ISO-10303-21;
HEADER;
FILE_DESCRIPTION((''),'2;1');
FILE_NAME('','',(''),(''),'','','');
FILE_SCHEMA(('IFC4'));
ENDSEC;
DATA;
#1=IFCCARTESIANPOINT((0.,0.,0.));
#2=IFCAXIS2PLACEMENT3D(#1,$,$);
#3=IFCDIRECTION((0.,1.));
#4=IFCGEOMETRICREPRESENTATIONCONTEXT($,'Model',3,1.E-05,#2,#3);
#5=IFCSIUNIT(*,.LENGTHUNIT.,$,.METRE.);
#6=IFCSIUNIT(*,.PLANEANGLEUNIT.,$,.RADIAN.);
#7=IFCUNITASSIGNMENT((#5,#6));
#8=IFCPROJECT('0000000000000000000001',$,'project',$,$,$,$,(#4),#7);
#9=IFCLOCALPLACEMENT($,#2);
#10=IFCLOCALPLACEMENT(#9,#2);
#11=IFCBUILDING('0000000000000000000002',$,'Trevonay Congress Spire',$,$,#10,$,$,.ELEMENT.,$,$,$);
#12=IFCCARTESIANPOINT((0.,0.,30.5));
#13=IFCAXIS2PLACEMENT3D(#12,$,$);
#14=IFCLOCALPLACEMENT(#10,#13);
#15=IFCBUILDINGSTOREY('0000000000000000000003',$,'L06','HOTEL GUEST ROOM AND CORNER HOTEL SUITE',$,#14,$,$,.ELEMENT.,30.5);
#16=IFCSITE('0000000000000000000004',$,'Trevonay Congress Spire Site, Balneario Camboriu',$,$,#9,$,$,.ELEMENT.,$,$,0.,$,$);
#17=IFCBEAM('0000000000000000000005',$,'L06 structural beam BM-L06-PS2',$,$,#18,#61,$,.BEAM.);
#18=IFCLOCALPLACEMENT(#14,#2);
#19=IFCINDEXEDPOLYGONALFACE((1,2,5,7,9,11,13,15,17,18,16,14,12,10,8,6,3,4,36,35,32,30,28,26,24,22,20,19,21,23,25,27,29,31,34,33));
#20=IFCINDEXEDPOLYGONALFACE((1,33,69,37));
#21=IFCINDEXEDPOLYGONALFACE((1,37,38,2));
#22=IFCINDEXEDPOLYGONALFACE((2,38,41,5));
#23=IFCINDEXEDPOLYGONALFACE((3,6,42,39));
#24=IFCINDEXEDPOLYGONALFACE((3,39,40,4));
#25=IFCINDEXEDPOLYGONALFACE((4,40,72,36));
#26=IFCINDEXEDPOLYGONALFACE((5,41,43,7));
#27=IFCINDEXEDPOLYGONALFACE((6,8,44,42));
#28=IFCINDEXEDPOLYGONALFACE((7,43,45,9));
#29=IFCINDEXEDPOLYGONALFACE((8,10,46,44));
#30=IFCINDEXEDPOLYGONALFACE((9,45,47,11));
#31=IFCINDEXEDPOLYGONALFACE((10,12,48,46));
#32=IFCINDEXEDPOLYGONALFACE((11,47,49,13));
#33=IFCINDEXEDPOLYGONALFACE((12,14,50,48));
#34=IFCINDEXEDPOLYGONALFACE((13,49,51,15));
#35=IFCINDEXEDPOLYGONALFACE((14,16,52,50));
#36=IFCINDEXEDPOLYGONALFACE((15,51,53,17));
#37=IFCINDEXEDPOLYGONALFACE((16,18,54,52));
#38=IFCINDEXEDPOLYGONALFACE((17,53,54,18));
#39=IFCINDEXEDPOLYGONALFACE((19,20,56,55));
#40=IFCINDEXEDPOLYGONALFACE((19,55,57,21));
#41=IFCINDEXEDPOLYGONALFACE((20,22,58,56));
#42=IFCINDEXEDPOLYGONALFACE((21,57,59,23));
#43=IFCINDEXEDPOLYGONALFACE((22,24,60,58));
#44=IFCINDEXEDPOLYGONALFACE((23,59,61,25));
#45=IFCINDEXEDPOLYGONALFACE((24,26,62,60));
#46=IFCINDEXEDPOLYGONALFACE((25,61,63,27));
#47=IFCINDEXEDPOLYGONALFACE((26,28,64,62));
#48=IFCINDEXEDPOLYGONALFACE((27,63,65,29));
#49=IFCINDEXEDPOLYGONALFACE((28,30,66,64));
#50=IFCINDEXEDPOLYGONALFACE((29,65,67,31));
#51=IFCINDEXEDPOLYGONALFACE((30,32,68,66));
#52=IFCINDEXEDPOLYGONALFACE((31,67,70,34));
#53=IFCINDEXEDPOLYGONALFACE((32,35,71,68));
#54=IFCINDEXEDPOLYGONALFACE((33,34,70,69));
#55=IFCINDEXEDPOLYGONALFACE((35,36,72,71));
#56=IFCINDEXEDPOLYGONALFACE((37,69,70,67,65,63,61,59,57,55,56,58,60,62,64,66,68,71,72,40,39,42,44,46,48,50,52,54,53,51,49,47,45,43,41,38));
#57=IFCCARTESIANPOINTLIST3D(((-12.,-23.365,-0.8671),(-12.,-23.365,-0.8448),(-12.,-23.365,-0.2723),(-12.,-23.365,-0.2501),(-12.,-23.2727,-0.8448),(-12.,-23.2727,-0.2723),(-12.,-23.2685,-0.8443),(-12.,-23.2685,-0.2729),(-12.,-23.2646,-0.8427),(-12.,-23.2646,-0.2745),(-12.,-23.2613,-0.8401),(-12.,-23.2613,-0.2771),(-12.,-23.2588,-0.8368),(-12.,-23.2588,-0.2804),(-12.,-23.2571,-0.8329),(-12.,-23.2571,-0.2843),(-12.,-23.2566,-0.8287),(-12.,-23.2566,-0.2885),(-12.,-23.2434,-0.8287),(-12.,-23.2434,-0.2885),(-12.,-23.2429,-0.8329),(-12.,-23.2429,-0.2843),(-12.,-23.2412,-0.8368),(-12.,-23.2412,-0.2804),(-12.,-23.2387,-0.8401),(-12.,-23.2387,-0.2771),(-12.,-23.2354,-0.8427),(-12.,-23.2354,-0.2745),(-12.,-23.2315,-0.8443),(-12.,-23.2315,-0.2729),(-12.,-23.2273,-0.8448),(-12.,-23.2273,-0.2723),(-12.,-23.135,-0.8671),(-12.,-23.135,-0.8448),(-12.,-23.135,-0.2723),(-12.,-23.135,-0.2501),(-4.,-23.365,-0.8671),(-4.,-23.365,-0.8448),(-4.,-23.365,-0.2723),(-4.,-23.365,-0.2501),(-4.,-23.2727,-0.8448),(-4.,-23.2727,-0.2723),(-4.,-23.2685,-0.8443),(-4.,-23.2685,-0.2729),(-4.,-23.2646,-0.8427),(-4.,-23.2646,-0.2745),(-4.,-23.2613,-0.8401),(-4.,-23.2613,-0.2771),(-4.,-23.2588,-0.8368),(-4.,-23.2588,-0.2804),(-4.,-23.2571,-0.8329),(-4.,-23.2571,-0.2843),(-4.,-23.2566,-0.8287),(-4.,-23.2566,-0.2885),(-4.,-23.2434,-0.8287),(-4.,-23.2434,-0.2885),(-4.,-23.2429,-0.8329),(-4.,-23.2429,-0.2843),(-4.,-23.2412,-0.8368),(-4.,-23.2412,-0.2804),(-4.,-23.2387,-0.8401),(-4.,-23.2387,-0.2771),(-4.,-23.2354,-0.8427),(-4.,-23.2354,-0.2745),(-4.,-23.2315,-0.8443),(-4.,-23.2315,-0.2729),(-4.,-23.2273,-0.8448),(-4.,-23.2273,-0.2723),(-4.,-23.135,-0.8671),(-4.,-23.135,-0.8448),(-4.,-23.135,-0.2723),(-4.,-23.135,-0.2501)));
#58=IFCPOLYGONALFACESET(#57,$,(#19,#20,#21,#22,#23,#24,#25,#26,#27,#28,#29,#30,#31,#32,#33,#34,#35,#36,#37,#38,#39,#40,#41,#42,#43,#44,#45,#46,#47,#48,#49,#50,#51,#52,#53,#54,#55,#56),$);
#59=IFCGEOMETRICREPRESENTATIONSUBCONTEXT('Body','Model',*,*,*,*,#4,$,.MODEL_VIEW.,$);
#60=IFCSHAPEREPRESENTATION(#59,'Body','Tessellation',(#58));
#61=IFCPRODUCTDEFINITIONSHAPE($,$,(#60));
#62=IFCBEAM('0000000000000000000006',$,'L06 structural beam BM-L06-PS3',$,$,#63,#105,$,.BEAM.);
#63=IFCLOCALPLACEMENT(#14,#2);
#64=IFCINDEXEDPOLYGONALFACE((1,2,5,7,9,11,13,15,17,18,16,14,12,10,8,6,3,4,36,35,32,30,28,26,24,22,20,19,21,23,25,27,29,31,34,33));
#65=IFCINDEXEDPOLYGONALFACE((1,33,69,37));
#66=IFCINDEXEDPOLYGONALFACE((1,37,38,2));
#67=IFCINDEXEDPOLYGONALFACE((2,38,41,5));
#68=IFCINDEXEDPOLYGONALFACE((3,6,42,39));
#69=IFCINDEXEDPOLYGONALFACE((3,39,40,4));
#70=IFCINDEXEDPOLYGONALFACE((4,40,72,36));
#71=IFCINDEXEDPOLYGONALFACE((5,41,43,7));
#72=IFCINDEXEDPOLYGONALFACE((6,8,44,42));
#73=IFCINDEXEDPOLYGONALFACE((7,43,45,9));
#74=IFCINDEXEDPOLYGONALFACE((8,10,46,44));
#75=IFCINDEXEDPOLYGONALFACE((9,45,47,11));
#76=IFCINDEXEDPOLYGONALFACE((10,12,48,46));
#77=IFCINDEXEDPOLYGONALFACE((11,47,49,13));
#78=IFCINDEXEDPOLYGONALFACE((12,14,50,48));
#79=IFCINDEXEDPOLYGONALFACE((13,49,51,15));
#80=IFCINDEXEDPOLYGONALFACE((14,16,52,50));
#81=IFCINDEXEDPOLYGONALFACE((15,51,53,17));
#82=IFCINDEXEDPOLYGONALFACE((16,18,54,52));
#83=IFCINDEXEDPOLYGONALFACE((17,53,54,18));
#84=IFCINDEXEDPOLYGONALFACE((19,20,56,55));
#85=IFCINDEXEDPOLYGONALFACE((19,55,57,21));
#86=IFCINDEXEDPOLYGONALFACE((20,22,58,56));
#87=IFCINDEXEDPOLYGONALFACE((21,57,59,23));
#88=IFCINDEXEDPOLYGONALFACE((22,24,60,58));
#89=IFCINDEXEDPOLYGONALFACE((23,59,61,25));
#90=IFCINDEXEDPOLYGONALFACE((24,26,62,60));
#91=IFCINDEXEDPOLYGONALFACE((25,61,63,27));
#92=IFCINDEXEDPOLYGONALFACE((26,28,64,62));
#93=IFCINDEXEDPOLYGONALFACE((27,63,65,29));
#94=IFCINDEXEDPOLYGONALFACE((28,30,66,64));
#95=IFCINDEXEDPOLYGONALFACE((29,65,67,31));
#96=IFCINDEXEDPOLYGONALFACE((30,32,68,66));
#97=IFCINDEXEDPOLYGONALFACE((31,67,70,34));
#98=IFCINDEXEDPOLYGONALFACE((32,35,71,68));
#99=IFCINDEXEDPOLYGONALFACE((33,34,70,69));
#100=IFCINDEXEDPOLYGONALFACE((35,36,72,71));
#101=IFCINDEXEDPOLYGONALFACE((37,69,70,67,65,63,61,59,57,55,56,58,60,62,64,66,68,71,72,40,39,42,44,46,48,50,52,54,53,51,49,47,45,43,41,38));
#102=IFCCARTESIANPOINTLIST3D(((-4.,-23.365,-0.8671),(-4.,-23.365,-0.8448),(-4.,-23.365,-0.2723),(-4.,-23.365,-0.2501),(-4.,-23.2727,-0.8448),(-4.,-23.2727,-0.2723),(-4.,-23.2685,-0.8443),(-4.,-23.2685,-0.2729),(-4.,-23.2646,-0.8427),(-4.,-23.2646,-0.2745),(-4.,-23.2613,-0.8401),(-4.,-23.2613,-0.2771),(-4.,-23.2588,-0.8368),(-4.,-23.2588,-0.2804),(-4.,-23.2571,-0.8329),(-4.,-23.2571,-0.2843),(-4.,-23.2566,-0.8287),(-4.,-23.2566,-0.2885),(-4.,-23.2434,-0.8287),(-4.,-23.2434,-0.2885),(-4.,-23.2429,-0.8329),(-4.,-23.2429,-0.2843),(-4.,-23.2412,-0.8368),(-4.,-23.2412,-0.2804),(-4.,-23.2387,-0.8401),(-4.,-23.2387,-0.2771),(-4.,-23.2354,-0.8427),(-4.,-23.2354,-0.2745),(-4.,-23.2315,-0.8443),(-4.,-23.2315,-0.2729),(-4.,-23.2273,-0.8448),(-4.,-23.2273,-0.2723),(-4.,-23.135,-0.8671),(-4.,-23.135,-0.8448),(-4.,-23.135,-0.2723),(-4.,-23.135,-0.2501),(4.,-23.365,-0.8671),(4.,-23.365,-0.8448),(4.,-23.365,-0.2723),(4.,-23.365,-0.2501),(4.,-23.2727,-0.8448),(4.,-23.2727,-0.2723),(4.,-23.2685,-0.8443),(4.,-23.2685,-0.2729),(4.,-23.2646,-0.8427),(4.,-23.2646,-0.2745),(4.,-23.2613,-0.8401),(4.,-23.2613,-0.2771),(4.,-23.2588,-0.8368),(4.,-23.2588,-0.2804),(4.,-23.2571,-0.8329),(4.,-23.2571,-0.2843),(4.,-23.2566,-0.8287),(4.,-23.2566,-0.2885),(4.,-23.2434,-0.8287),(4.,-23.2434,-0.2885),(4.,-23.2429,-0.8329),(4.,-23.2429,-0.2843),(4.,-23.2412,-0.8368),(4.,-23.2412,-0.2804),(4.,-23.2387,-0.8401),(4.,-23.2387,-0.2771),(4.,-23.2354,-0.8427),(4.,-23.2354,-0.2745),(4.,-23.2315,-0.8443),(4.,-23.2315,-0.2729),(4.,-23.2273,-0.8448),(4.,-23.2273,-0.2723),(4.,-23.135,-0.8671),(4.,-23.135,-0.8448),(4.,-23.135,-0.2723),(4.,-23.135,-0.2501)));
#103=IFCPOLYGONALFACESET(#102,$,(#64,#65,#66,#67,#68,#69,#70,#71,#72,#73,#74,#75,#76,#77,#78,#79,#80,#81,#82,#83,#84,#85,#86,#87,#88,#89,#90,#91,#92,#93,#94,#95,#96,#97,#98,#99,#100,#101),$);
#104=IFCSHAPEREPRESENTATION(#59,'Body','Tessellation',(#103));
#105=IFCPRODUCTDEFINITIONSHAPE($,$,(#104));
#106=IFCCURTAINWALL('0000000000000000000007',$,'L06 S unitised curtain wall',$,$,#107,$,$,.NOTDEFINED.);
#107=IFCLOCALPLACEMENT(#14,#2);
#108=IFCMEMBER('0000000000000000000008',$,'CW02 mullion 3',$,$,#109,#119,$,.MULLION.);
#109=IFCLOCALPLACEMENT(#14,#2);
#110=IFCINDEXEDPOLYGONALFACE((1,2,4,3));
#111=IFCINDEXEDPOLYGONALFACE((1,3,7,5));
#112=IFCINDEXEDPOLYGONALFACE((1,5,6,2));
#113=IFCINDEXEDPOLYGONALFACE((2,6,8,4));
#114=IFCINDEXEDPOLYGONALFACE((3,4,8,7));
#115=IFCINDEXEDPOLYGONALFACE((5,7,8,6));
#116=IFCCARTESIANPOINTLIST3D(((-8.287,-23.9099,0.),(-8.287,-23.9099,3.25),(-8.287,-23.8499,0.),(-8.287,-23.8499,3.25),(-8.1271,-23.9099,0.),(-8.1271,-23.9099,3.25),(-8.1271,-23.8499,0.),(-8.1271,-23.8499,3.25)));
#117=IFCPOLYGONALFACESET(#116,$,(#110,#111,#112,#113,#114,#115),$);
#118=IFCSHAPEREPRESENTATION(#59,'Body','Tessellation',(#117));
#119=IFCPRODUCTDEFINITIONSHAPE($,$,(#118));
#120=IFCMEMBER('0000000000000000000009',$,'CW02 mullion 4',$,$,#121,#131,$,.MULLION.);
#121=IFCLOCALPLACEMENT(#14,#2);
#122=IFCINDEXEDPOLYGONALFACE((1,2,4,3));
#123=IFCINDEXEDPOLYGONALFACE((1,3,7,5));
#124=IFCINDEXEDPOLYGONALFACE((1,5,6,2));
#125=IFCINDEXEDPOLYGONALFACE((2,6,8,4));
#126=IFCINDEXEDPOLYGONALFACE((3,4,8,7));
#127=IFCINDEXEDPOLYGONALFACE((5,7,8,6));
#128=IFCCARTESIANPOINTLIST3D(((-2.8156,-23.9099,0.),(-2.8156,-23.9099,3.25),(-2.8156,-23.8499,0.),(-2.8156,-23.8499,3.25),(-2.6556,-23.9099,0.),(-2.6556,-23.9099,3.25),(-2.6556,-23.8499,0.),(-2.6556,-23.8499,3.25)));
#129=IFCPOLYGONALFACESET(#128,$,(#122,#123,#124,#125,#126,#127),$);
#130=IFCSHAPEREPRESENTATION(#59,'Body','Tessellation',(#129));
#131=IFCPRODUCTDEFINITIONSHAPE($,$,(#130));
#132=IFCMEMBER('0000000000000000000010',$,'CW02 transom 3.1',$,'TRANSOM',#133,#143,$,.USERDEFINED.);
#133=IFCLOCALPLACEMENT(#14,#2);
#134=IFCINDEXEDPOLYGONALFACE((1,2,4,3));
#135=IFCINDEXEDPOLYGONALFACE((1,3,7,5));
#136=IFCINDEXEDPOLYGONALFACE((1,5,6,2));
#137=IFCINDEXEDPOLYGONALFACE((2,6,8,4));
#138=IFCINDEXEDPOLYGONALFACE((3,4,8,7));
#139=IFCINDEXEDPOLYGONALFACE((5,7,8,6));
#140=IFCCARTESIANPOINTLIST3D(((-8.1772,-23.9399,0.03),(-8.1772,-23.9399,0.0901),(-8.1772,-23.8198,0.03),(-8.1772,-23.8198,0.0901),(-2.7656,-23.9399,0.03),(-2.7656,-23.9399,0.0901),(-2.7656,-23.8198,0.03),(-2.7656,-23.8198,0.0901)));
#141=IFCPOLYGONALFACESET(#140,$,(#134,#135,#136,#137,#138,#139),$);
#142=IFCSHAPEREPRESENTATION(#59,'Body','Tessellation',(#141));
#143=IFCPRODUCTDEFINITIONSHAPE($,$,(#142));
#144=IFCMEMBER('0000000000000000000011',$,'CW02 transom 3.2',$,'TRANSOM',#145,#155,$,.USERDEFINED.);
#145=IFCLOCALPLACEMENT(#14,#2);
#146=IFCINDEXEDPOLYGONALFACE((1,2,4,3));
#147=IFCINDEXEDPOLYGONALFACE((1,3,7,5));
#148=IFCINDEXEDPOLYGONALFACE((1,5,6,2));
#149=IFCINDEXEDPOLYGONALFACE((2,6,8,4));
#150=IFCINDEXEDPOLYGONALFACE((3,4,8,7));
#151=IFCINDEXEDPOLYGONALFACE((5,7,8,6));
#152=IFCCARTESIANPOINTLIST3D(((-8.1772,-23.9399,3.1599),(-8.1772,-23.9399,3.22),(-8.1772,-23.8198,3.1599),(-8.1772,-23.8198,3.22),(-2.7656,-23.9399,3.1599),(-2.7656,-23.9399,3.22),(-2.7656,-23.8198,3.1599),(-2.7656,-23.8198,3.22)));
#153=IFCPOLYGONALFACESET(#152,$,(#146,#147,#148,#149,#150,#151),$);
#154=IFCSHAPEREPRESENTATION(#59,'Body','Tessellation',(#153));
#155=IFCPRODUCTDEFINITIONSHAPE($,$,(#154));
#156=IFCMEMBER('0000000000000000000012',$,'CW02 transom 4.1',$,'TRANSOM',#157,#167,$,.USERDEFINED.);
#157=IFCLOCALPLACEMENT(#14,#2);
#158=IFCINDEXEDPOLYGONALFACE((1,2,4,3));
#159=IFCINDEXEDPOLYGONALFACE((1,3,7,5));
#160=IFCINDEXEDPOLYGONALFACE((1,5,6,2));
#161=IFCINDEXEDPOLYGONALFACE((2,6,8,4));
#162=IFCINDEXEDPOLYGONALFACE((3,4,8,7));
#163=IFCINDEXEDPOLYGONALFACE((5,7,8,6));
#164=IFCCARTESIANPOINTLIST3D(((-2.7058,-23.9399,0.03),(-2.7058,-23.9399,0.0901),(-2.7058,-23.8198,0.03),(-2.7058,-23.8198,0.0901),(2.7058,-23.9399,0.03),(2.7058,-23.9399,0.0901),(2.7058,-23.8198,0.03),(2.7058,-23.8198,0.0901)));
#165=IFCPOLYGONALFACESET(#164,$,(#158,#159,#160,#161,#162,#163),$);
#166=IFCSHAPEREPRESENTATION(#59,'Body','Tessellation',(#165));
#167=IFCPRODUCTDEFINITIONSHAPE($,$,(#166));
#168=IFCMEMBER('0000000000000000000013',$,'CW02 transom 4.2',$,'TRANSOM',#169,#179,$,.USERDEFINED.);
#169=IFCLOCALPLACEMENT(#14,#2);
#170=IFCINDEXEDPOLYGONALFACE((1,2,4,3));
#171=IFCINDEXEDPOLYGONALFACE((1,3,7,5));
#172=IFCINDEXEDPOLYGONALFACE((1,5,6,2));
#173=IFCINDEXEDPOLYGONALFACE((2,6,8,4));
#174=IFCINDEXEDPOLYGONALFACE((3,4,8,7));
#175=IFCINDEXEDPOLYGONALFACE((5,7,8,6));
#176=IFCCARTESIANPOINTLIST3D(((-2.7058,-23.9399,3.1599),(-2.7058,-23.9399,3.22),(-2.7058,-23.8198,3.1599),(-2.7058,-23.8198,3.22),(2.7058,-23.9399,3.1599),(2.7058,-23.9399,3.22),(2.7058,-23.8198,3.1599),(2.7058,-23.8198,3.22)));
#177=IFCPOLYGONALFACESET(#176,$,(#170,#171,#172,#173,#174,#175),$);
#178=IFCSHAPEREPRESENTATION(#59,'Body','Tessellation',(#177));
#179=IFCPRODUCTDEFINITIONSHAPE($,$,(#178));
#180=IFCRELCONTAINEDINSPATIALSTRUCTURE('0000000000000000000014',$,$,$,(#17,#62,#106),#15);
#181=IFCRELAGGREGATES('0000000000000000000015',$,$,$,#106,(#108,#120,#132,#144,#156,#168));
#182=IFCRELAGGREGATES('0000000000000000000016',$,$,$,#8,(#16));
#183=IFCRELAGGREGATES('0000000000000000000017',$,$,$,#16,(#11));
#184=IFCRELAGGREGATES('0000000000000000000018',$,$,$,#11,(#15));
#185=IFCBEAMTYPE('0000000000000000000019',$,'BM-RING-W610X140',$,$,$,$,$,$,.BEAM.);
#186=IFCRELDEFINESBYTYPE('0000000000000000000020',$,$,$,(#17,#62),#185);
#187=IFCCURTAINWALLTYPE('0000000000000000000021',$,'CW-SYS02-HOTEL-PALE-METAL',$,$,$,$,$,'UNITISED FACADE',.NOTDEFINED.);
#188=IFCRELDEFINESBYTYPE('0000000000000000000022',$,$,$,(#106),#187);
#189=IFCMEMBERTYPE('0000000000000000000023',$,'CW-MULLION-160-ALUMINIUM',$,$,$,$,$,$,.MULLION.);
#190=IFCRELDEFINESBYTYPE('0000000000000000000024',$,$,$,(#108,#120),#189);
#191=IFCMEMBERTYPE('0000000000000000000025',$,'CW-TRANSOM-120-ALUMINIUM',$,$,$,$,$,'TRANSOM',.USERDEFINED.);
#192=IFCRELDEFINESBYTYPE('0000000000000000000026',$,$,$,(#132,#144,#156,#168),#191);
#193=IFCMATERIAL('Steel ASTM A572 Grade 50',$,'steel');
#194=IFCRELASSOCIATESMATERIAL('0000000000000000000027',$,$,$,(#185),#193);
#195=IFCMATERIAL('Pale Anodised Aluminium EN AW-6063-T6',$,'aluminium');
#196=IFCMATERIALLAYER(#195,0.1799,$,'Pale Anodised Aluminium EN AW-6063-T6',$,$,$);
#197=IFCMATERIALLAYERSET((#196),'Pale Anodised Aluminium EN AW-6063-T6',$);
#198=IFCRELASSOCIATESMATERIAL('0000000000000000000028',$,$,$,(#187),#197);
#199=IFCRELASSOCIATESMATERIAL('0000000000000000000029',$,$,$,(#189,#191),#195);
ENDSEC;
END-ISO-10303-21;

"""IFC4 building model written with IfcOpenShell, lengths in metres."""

from ifc_helpers import new_model, si_unit, direction, frame, origin, origin_2d, place, context, subcontext, project, spatial, rectangle, i_section, extrude, material, layer, layer_set, material_profile, profile_set, type_object, element, aggregate, save


model = new_model("IFC4")

# Units and contexts
model_context = context("Model", 3, precision=1e-05, world=origin(), true_north=direction((0.0, 1.0)))
body_context = subcontext(model_context, "Body", "Model", "MODEL_VIEW")
ifc_project = project(units=[si_unit("LENGTHUNIT", "METRE"), si_unit("PLANEANGLEUNIT", "RADIAN")], contexts=[model_context])

# Site, building, storey
site_placement = place(None, origin())
site = spatial("IfcSite", under=ifc_project, at=site_placement, Name="Trevonay Congress Spire Site, Balneario Camboriu", CompositionType="ELEMENT", RefElevation=0.0)
building_placement = place(site_placement, origin())
building = spatial("IfcBuilding", under=site, at=building_placement, Name="Trevonay Congress Spire", CompositionType="ELEMENT")
storey_placement = place(building_placement, frame((0.0, 0.0, 30.5)))
storey = spatial("IfcBuildingStorey", under=building, at=storey_placement, Name="L06", Description="HOTEL GUEST ROOM AND CORNER HOTEL SUITE", CompositionType="ELEMENT", Elevation=30.5)

# Shared definitions
ifc_material_1 = material(Name="Steel ASTM A572 Grade 50", Category="steel")

# Beams
ifc_material_profile_1 = material_profile(ifc_material_1, i_section(OverallWidth=0.23, OverallDepth=0.6169, WebThickness=0.0132, FlangeThickness=0.0222, FilletRadius=0.0161, at=origin_2d()), Name="W610x140")
ifc_profile_set_1 = profile_set([ifc_material_profile_1], Name="Steel ASTM A572 Grade 50")
beam_type_1 = type_object("IfcBeamType", Name="BM-RING-W610X140", PredefinedType="BEAM", material=ifc_profile_set_1)
for number, where, z_axis, x_axis, name in (
    (1, (-12.0, -23.25, -0.5586), (1.0, 0.0, 0.0), (0.0, 1.0, 0.0), "L06 structural beam BM-L06-PS2"),
    (2, (-4.0, -23.25, -0.5586), (1.0, 0.0, 0.0), (0.0, 1.0, 0.0), "L06 structural beam BM-L06-PS3"),
):
    element("IfcBeam", number, at=place(storey_placement, frame(where, z_axis=z_axis, x_axis=x_axis)), inside=storey, type_object=beam_type_1, Name=name, PredefinedType="BEAM", context=body_context, shape_type="SweptSolid", body=[
        extrude(i_section(OverallWidth=0.23, OverallDepth=0.6169, WebThickness=0.0132, FlangeThickness=0.0222, FilletRadius=0.0161, at=origin_2d()), origin(), (0.0, 0.0, 1.0), 8.0),
    ])

# Curtain wall, members
ifc_material_2 = material(Name="Pale Anodised Aluminium EN AW-6063-T6", Category="aluminium")
ifc_layer_1 = layer(ifc_material_2, 0.1799, Name="Pale Anodised Aluminium EN AW-6063-T6")
ifc_layer_set_1 = layer_set([ifc_layer_1], Name="Pale Anodised Aluminium EN AW-6063-T6")
curtain_wall_type = type_object("IfcCurtainWallType", Name="CW-SYS02-HOTEL-PALE-METAL", ElementType="UNITISED FACADE", PredefinedType="NOTDEFINED", material=ifc_layer_set_1)
curtain_wall_placement = place(storey_placement, origin())
curtain_wall = element("IfcCurtainWall", 3, at=curtain_wall_placement, inside=storey, type_object=curtain_wall_type, Name="L06 S unitised curtain wall", PredefinedType="NOTDEFINED")
ifc_material_profile_2 = material_profile(ifc_material_2, rectangle(XDim=0.0601, YDim=0.1599, at=origin_2d()), Name="CW-MULLION-160-ALUMINIUM")
ifc_profile_set_2 = profile_set([ifc_material_profile_2], Name="Pale Anodised Aluminium EN AW-6063-T6")
member_type_1 = type_object("IfcMemberType", Name="CW-MULLION-160-ALUMINIUM", PredefinedType="MULLION", material=ifc_profile_set_2)
member_1_placement = place(storey_placement, frame((-8.207, -23.8799, 0.0), z_axis=(0.0, 0.0, 1.0), x_axis=(0.0, 1.0, 0.0)))
member_1 = element("IfcMember", 4, at=member_1_placement, type_object=member_type_1, Name="CW02 mullion 3", PredefinedType="MULLION", context=body_context, shape_type="SweptSolid", body=[
    extrude(rectangle(XDim=0.0601, YDim=0.1599, at=origin_2d()), origin(), (0.0, 0.0, 1.0), 3.25),
])
member_2_placement = place(storey_placement, frame((-2.7356, -23.8799, 0.0), z_axis=(0.0, 0.0, 1.0), x_axis=(0.0, 1.0, 0.0)))
member_2 = element("IfcMember", 5, at=member_2_placement, type_object=member_type_1, Name="CW02 mullion 4", PredefinedType="MULLION", context=body_context, shape_type="SweptSolid", body=[
    extrude(rectangle(XDim=0.0601, YDim=0.1599, at=origin_2d()), origin(), (0.0, 0.0, 1.0), 3.25),
])
ifc_material_profile_3 = material_profile(ifc_material_2, rectangle(XDim=0.1201, YDim=0.0601, at=origin_2d()), Name="CW-TRANSOM-120-ALUMINIUM")
ifc_profile_set_3 = profile_set([ifc_material_profile_3], Name="Pale Anodised Aluminium EN AW-6063-T6")
member_type_2 = type_object("IfcMemberType", Name="CW-TRANSOM-120-ALUMINIUM", ElementType="TRANSOM", PredefinedType="USERDEFINED", material=ifc_profile_set_3)
member_3_placement = place(storey_placement, frame((-8.1772, -23.8799, 0.0601), z_axis=(1.0, 0.0, 0.0), x_axis=(0.0, 1.0, 0.0)))
member_3 = element("IfcMember", 6, at=member_3_placement, type_object=member_type_2, Name="CW02 transom 3.1", ObjectType="TRANSOM", PredefinedType="USERDEFINED", context=body_context, shape_type="SweptSolid", body=[
    extrude(rectangle(XDim=0.1201, YDim=0.0601, at=origin_2d()), origin(), (0.0, 0.0, 1.0), 5.4116),
])
member_4_placement = place(storey_placement, frame((-8.1772, -23.8799, 3.1899), z_axis=(1.0, 0.0, 0.0), x_axis=(0.0, 1.0, 0.0)))
member_4 = element("IfcMember", 7, at=member_4_placement, type_object=member_type_2, Name="CW02 transom 3.2", ObjectType="TRANSOM", PredefinedType="USERDEFINED", context=body_context, shape_type="SweptSolid", body=[
    extrude(rectangle(XDim=0.1201, YDim=0.0601, at=origin_2d()), origin(), (0.0, 0.0, 1.0), 5.4116),
])
member_5_placement = place(storey_placement, frame((-2.7058, -23.8799, 0.0601), z_axis=(1.0, 0.0, 0.0), x_axis=(0.0, 1.0, 0.0)))
member_5 = element("IfcMember", 8, at=member_5_placement, type_object=member_type_2, Name="CW02 transom 4.1", ObjectType="TRANSOM", PredefinedType="USERDEFINED", context=body_context, shape_type="SweptSolid", body=[
    extrude(rectangle(XDim=0.1201, YDim=0.0601, at=origin_2d()), origin(), (0.0, 0.0, 1.0), 5.4116),
])
member_6_placement = place(storey_placement, frame((-2.7058, -23.8799, 3.1899), z_axis=(1.0, 0.0, 0.0), x_axis=(0.0, 1.0, 0.0)))
member_6 = element("IfcMember", 9, at=member_6_placement, type_object=member_type_2, Name="CW02 transom 4.2", ObjectType="TRANSOM", PredefinedType="USERDEFINED", context=body_context, shape_type="SweptSolid", body=[
    extrude(rectangle(XDim=0.1201, YDim=0.0601, at=origin_2d()), origin(), (0.0, 0.0, 1.0), 5.4116),
])

aggregate(curtain_wall, [member_1, member_2, member_3, member_4, member_5, member_6])

save(model, "model.ifc")
